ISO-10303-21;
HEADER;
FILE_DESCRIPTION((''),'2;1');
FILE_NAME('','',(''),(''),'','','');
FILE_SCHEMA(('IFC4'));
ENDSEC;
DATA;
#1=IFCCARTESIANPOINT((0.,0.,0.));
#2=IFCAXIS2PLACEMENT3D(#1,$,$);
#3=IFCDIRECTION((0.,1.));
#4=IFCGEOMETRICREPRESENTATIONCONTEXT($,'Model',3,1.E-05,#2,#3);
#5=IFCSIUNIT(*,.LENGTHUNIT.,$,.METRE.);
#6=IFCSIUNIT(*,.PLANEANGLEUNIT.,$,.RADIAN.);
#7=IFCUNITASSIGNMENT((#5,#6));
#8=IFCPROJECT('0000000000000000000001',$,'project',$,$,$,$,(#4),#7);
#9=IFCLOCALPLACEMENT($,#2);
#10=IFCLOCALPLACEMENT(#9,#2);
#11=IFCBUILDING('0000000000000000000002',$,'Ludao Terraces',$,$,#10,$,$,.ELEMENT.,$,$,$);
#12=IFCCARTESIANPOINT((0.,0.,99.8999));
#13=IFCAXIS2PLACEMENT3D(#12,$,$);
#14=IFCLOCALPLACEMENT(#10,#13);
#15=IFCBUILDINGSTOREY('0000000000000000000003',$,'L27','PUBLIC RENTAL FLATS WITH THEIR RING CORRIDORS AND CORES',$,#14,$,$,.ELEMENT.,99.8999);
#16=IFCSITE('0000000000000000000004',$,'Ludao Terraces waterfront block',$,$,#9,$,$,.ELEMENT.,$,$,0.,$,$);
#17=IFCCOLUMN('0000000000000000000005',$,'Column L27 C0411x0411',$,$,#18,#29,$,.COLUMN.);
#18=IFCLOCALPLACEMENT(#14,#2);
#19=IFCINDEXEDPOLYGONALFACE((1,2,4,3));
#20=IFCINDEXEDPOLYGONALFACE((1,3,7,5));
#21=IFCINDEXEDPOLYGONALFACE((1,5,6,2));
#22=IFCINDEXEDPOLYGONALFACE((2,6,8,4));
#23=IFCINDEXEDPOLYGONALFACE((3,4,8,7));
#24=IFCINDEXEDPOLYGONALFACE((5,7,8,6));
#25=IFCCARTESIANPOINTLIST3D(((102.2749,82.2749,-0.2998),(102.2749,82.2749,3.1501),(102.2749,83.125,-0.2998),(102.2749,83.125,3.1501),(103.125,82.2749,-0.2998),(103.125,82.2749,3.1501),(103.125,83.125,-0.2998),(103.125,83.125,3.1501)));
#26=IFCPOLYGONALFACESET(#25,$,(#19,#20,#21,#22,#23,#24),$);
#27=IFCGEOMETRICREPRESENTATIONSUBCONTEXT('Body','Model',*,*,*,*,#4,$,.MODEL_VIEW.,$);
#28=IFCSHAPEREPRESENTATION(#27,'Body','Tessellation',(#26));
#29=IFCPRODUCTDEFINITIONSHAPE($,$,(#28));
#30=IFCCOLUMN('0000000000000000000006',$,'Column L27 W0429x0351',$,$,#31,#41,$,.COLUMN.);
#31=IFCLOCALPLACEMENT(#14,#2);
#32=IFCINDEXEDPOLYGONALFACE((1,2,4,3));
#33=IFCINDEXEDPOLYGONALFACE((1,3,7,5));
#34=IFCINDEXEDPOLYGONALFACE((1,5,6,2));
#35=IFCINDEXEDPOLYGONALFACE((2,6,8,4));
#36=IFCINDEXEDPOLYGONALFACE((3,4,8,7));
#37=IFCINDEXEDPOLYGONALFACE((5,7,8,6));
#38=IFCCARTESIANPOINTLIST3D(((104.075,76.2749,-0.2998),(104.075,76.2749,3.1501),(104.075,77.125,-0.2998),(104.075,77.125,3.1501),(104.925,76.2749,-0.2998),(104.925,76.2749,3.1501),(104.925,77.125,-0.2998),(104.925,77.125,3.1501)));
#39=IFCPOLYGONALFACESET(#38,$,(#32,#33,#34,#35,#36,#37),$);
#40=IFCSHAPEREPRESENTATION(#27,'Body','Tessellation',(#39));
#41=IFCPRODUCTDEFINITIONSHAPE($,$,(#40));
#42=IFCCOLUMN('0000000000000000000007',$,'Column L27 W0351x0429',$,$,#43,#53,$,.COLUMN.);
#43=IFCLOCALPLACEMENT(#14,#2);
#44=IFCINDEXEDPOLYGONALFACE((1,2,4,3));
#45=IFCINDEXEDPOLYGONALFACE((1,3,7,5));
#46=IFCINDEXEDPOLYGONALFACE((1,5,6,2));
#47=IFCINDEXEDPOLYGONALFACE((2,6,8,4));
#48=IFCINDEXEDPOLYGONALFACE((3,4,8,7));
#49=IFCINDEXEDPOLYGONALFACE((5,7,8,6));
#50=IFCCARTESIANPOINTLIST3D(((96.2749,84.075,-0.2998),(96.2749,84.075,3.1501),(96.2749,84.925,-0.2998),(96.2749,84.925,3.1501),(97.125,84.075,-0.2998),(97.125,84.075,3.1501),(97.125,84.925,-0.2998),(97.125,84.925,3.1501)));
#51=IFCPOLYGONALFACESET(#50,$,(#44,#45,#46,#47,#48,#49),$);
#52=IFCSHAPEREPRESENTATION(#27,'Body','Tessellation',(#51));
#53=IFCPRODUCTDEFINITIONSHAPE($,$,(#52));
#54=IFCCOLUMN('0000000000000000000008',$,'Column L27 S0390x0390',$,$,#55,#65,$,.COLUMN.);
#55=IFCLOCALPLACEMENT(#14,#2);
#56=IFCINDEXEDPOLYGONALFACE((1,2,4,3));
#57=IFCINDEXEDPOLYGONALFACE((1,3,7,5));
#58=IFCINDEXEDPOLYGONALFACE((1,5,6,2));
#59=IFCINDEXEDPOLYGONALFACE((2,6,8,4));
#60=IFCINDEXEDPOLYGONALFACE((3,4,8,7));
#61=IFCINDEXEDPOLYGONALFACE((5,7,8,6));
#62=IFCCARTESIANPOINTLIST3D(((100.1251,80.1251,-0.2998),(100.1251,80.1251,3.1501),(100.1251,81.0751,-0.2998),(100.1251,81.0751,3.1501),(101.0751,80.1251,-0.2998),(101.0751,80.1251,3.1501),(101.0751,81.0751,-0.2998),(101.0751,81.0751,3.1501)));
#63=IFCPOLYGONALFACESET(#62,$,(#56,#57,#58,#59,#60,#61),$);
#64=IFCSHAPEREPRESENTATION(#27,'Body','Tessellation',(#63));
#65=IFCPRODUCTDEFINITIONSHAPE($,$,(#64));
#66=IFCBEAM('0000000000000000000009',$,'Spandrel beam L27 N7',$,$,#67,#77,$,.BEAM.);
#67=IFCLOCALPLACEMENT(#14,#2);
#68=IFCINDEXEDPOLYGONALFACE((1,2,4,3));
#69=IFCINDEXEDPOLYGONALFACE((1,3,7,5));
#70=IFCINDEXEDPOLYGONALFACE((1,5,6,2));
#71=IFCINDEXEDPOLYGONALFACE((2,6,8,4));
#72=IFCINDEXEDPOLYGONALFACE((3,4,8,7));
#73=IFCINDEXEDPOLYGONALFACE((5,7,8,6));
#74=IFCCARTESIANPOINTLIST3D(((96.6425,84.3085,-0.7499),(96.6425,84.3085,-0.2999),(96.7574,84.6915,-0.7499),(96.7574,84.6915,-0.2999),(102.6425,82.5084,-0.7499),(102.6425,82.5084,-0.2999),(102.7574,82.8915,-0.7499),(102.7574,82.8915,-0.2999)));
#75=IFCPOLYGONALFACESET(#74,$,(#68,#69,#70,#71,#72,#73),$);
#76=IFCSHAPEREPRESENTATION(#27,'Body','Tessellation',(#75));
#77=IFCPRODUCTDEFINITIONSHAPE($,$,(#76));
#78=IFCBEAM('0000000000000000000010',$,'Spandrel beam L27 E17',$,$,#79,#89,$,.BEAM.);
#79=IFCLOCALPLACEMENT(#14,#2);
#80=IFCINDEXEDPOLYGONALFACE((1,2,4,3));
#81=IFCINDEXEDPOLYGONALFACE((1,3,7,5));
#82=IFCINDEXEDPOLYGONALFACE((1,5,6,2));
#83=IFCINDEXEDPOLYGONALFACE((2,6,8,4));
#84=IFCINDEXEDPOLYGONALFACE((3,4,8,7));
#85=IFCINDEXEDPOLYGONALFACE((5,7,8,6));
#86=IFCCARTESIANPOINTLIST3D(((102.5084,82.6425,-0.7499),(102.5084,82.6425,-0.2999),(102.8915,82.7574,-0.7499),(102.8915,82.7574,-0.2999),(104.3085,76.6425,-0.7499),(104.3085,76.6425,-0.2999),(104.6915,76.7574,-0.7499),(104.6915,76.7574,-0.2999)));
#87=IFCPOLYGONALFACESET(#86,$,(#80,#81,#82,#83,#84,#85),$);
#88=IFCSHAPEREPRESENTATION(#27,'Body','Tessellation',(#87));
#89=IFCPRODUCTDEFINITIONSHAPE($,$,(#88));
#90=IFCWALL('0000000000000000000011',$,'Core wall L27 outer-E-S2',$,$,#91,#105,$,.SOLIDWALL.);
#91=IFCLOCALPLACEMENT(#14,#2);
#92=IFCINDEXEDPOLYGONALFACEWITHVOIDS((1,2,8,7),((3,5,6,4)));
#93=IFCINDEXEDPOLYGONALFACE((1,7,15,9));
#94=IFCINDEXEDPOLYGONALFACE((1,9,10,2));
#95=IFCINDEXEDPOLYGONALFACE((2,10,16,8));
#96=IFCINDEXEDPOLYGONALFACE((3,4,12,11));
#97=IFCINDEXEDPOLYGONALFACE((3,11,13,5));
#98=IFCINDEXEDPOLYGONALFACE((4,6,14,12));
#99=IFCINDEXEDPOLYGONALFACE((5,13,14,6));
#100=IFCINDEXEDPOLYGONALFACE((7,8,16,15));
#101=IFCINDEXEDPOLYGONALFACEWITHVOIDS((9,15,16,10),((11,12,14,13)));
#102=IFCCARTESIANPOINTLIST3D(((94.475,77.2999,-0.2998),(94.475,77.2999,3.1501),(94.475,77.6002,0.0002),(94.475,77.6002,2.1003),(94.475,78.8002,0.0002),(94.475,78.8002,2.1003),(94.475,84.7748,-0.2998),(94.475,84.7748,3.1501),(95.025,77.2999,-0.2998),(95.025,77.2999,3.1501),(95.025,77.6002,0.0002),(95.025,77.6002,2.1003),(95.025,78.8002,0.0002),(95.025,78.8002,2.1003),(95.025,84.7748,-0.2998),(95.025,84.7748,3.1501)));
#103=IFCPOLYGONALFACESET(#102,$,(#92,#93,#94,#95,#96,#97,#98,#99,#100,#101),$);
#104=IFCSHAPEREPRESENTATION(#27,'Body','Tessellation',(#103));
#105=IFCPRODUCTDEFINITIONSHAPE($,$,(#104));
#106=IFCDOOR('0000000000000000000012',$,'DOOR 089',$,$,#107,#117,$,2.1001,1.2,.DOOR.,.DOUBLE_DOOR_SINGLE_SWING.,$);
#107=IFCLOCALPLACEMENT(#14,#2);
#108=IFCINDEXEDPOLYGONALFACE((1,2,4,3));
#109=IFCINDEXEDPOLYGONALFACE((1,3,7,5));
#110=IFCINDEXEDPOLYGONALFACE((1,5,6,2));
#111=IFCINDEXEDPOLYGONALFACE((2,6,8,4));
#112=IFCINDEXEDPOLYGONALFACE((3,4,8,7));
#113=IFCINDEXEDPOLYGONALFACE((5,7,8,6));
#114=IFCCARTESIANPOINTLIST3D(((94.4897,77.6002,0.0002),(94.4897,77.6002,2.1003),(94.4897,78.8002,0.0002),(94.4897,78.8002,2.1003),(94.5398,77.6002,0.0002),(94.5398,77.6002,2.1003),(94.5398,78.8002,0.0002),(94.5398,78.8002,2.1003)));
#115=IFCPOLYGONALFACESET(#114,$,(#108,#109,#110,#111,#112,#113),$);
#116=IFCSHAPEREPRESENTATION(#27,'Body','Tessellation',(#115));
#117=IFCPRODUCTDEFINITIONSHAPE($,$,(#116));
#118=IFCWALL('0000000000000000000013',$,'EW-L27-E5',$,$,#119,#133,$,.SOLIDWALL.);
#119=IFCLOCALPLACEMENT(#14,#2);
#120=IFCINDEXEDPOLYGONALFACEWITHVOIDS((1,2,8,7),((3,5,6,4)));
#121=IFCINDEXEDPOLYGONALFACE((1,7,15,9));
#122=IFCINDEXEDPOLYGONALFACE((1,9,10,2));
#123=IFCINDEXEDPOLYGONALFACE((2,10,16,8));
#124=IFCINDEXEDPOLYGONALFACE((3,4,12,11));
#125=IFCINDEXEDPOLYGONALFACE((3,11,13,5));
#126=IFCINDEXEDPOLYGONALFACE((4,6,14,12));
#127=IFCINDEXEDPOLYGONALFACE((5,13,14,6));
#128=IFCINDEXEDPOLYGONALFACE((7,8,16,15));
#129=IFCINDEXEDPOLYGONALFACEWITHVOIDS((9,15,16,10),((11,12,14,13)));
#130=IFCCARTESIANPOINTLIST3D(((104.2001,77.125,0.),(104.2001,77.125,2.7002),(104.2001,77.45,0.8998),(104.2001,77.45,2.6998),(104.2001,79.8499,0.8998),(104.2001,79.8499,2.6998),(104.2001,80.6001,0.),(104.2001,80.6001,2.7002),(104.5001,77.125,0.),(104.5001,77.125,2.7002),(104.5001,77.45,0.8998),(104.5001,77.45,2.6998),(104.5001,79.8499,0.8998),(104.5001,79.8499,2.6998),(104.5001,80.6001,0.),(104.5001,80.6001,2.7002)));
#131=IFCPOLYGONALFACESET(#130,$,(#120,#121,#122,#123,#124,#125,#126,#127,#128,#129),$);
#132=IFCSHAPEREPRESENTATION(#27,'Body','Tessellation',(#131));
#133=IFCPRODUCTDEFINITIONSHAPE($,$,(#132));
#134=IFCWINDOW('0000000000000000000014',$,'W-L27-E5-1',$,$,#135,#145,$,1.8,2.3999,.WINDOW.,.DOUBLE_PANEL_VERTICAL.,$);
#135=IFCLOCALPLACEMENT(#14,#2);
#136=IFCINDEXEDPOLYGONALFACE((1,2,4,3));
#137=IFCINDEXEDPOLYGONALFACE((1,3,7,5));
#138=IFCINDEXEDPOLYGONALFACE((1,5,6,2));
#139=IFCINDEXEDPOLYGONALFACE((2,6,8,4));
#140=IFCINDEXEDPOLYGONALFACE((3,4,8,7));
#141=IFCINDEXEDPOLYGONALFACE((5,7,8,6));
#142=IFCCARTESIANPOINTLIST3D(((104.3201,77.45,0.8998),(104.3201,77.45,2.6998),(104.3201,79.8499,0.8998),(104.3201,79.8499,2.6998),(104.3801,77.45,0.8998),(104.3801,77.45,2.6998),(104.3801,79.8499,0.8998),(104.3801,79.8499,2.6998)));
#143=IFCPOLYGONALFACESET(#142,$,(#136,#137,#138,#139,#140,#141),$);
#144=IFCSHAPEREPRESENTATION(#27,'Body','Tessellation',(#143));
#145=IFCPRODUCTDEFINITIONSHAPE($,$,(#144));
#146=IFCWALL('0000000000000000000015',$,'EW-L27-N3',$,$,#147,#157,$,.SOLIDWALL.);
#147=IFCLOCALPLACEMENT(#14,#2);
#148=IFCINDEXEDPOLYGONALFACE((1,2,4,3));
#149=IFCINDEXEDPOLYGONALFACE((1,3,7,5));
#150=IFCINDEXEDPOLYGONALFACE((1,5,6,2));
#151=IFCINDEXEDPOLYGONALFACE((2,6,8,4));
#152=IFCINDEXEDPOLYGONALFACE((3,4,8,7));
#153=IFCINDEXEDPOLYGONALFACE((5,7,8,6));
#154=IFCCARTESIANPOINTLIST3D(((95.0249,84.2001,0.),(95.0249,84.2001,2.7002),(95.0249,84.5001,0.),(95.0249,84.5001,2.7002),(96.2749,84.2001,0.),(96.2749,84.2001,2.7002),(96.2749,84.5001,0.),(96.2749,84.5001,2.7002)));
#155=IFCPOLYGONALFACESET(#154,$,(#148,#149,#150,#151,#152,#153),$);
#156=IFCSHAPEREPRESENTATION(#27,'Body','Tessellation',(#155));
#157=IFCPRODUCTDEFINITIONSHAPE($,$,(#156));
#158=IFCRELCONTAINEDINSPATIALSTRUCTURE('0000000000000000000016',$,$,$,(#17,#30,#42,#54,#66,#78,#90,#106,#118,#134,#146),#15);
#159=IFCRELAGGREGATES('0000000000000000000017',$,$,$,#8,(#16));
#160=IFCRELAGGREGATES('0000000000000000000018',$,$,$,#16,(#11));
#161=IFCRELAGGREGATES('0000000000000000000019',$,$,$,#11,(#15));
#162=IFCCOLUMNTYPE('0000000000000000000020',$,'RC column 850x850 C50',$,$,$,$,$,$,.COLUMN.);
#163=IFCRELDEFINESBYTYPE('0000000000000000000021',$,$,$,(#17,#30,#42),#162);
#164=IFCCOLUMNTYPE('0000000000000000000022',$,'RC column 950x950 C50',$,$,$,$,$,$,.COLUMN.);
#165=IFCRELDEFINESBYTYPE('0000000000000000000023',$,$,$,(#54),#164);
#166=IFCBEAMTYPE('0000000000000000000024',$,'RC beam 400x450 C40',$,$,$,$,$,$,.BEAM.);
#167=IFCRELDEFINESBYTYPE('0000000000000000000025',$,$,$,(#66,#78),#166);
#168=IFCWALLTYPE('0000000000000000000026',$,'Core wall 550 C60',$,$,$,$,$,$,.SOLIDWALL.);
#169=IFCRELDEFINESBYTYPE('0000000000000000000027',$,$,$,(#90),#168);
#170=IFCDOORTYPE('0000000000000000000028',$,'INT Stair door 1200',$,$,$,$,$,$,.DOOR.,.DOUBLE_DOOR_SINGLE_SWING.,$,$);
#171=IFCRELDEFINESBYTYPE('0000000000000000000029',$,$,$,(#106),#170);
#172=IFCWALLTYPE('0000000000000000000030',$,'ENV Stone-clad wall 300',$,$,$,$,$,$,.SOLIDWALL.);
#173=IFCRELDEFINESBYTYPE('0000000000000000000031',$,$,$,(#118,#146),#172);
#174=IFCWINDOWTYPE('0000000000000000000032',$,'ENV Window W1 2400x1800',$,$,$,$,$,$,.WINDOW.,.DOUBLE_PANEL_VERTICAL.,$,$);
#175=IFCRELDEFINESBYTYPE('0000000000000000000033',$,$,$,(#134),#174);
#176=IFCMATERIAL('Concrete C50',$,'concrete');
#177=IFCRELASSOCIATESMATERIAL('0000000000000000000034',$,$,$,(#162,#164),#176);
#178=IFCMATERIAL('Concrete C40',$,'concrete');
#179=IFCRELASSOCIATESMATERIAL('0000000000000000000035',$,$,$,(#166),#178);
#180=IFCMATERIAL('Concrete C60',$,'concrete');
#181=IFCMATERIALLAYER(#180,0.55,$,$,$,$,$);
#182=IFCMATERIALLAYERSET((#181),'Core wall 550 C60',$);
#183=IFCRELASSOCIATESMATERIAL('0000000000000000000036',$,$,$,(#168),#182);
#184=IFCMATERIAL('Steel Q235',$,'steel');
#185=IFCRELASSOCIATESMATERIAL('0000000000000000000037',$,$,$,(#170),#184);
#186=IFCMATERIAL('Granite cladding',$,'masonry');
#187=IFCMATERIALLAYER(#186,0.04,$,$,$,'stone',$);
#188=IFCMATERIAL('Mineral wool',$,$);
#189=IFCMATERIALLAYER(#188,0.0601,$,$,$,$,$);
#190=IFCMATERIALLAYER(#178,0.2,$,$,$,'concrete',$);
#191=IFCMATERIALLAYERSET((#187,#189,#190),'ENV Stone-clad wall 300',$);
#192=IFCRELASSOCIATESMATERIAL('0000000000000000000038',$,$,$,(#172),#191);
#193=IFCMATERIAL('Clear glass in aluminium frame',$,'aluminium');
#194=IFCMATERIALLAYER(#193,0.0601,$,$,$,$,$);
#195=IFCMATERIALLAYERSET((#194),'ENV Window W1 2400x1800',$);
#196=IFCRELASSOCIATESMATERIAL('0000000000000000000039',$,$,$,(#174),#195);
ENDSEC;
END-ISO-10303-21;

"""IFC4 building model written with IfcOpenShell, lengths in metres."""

from ifc_helpers import new_model, si_unit, direction, frame, frame_2d, origin, origin_2d, place, context, subcontext, project, spatial, rectangle, extrude, material, layer, layer_set, material_profile, profile_set, type_object, element, fill, save


model = new_model("IFC4")

# Units and contexts
model_context = context("Model", 3, precision=1e-05, world=origin(), true_north=direction((0.0, 1.0)))
body_context = subcontext(model_context, "Body", "Model", "MODEL_VIEW")
ifc_project = project(units=[si_unit("LENGTHUNIT", "METRE"), si_unit("PLANEANGLEUNIT", "RADIAN")], contexts=[model_context])

# Site, building, storey
site_placement = place(None, origin())
site = spatial("IfcSite", under=ifc_project, at=site_placement, Name="Ludao Terraces waterfront block", CompositionType="ELEMENT", RefElevation=0.0)
building_placement = place(site_placement, origin())
building = spatial("IfcBuilding", under=site, at=building_placement, Name="Ludao Terraces", CompositionType="ELEMENT")
storey_placement = place(building_placement, frame((0.0, 0.0, 99.8999)))
storey = spatial("IfcBuildingStorey", under=building, at=storey_placement, Name="L27", Description="PUBLIC RENTAL FLATS WITH THEIR RING CORRIDORS AND CORES", CompositionType="ELEMENT", Elevation=99.8999)

# Columns
ifc_material_1 = material(Name="Concrete C50", Category="concrete")
ifc_material_profile_1 = material_profile(ifc_material_1, rectangle(XDim=0.8501, YDim=0.8501, at=origin_2d()), Name="850 X 850")
ifc_profile_set_1 = profile_set([ifc_material_profile_1], Name="Concrete C50")
column_type_1 = type_object("IfcColumnType", Name="RC column 850x850 C50", PredefinedType="COLUMN", material=ifc_profile_set_1)
for number, where, z_axis, x_axis, name in (
    (1, (102.7, 82.7, -0.2998), (0.0, 0.0, 1.0), (1.0, 0.0, 0.0), "Column L27 C0411x0411"),
    (2, (104.5, 76.7, -0.2998), (0.0, 0.0, 1.0), (1.0, 0.0, 0.0), "Column L27 W0429x0351"),
    (3, (96.7, 84.5, -0.2998), (0.0, 0.0, 1.0), (1.0, 0.0, 0.0), "Column L27 W0351x0429"),
):
    element("IfcColumn", number, at=place(storey_placement, frame(where, z_axis=z_axis, x_axis=x_axis)), inside=storey, type_object=column_type_1, Name=name, PredefinedType="COLUMN", context=body_context, shape_type="SweptSolid", body=[
        extrude(rectangle(XDim=0.8501, YDim=0.8501, at=origin_2d()), origin(), (0.0, 0.0, 1.0), 3.45),
    ])
ifc_material_profile_2 = material_profile(ifc_material_1, rectangle(XDim=0.95, YDim=0.95, at=origin_2d()), Name="950 X 950")
ifc_profile_set_2 = profile_set([ifc_material_profile_2], Name="Concrete C50")
column_type_2 = type_object("IfcColumnType", Name="RC column 950x950 C50", PredefinedType="COLUMN", material=ifc_profile_set_2)
column_placement = place(storey_placement, frame((100.6001, 80.6001, -0.2998), z_axis=(0.0, 0.0, 1.0), x_axis=(1.0, 0.0, 0.0)))
element("IfcColumn", 4, at=column_placement, inside=storey, type_object=column_type_2, Name="Column L27 S0390x0390", PredefinedType="COLUMN", context=body_context, shape_type="SweptSolid", body=[
    extrude(rectangle(XDim=0.95, YDim=0.95, at=origin_2d()), origin(), (0.0, 0.0, 1.0), 3.45),
])

# Beams
ifc_material_2 = material(Name="Concrete C40", Category="concrete")
ifc_material_profile_3 = material_profile(ifc_material_2, rectangle(XDim=0.3999, YDim=0.45, at=origin_2d()), Name="400 X 450")
ifc_profile_set_3 = profile_set([ifc_material_profile_3], Name="Concrete C40")
beam_type = type_object("IfcBeamType", Name="RC beam 400x450 C40", PredefinedType="BEAM", material=ifc_profile_set_3)
for number, where, z_axis, x_axis, name in (
    (5, (96.7, 84.5, -0.5249), (0.957824, -0.287355, 0.0), (0.287355, 0.957824, 0.0), "Spandrel beam L27 N7"),
    (6, (104.5, 76.7, -0.5249), (-0.287355, 0.957824, 0.0), (-0.957824, -0.287355, 0.0), "Spandrel beam L27 E17"),
):
    element("IfcBeam", number, at=place(storey_placement, frame(where, z_axis=z_axis, x_axis=x_axis)), inside=storey, type_object=beam_type, Name=name, PredefinedType="BEAM", context=body_context, shape_type="SweptSolid", body=[
        extrude(rectangle(XDim=0.3999, YDim=0.45, at=origin_2d()), origin(), (0.0, 0.0, 1.0), 6.2642),
    ])

# Wall, opening, door
ifc_material_3 = material(Name="Concrete C60", Category="concrete")
ifc_layer_1 = layer(ifc_material_3, 0.55)
ifc_layer_set_1 = layer_set([ifc_layer_1], Name="Core wall 550 C60")
wall_type_1 = type_object("IfcWallType", Name="Core wall 550 C60", PredefinedType="SOLIDWALL", material=ifc_layer_set_1)
wall_1_placement = place(storey_placement, frame((94.75, 77.3, -0.2998), z_axis=(0.0, 0.0, 1.0), x_axis=(0.0, 1.0, 0.0)))
wall_1 = element("IfcWall", 7, at=wall_1_placement, inside=storey, type_object=wall_type_1, Name="Core wall L27 outer-E-S2", PredefinedType="SOLIDWALL", context=body_context, shape_type="SweptSolid", body=[
    extrude(rectangle(XDim=7.4749, YDim=0.55, at=frame_2d((3.7373, 0.0))), origin(), (0.0, 0.0, 1.0), 3.45),
])
opening_1_placement = place(wall_1_placement, frame((0.3, 0.0, 0.3)))
opening_1 = element("IfcOpeningElement", 8, at=opening_1_placement, cuts=wall_1, PredefinedType="OPENING", context=body_context, shape_type="SweptSolid", body=[
    extrude(rectangle(XDim=1.2, YDim=2.1001, at=frame_2d((0.6001, 1.05))), frame((0.0, 0.2852, 0.0), z_axis=(0.0, -1.0, 0.0), x_axis=(1.0, 0.0, 0.0)), (0.0, 0.0, 1.0), 0.5701),
])
ifc_material_4 = material(Name="Steel Q235", Category="steel")
door_type_1 = type_object("IfcDoorType", Name="INT Stair door 1200", OperationType="DOUBLE_DOOR_SINGLE_SWING", PredefinedType="DOOR", material=ifc_material_4)
door_1_placement = place(opening_1_placement, origin())
door_1 = element("IfcDoor", 9, at=door_1_placement, inside=storey, type_object=door_type_1, Name="DOOR 089", OperationType="DOUBLE_DOOR_SINGLE_SWING", OverallHeight=2.1001, OverallWidth=1.2, PredefinedType="DOOR", context=body_context, shape_type="SweptSolid", body=[
    extrude(rectangle(XDim=1.2, YDim=2.1001, at=frame_2d((0.6001, 1.05))), frame((0.0, 0.2603, 0.0), z_axis=(0.0, -1.0, 0.0), x_axis=(1.0, 0.0, 0.0)), (0.0, 0.0, 1.0), 0.05),
])
fill(opening_1, door_1)

# Wall, opening, window
ifc_material_5 = material(Name="Granite cladding", Category="masonry")
ifc_layer_2 = layer(ifc_material_5, 0.04, Category="stone")
ifc_material_6 = material(Name="Mineral wool")
ifc_layer_3 = layer(ifc_material_6, 0.0601)
ifc_layer_4 = layer(ifc_material_2, 0.2, Category="concrete")
ifc_layer_set_2 = layer_set([ifc_layer_2, ifc_layer_3, ifc_layer_4], Name="ENV Stone-clad wall 300")
wall_type_2 = type_object("IfcWallType", Name="ENV Stone-clad wall 300", PredefinedType="SOLIDWALL", material=ifc_layer_set_2)
wall_2_placement = place(storey_placement, frame((104.3501, 77.125, 0.0), z_axis=(0.0, 0.0, 1.0), x_axis=(0.0, 1.0, 0.0)))
wall_2 = element("IfcWall", 10, at=wall_2_placement, inside=storey, type_object=wall_type_2, Name="EW-L27-E5", PredefinedType="SOLIDWALL", context=body_context, shape_type="SweptSolid", body=[
    extrude(rectangle(XDim=3.4751, YDim=0.3, at=frame_2d((1.7375, 0.0))), origin(), (0.0, 0.0, 1.0), 2.7002),
])
opening_2_placement = place(wall_2_placement, frame((0.325, 0.0, 0.8999)))
opening_2 = element("IfcOpeningElement", 11, at=opening_2_placement, cuts=wall_2, PredefinedType="OPENING", context=body_context, shape_type="SweptSolid", body=[
    extrude(rectangle(XDim=2.3999, YDim=1.8, at=frame_2d((1.2, 0.8999))), frame((0.0, 0.1602, 0.0), z_axis=(0.0, -1.0, 0.0), x_axis=(1.0, 0.0, 0.0)), (0.0, 0.0, 1.0), 0.3201),
])
ifc_material_7 = material(Name="Clear glass in aluminium frame", Category="aluminium")
ifc_layer_5 = layer(ifc_material_7, 0.0601)
ifc_layer_set_3 = layer_set([ifc_layer_5], Name="ENV Window W1 2400x1800")
window_type_1 = type_object("IfcWindowType", Name="ENV Window W1 2400x1800", PartitioningType="DOUBLE_PANEL_VERTICAL", PredefinedType="WINDOW", material=ifc_layer_set_3)
window_1_placement = place(opening_2_placement, origin())
window_1 = element("IfcWindow", 12, at=window_1_placement, inside=storey, type_object=window_type_1, Name="W-L27-E5-1", OverallHeight=1.8, OverallWidth=2.3999, PartitioningType="DOUBLE_PANEL_VERTICAL", PredefinedType="WINDOW", context=body_context, shape_type="SweptSolid", body=[
    extrude(rectangle(XDim=2.3999, YDim=1.8, at=frame_2d((1.2, 0.8999))), frame((0.0, 0.03, 0.0), z_axis=(0.0, -1.0, 0.0), x_axis=(1.0, 0.0, 0.0)), (0.0, 0.0, 1.0), 0.0601),
])
fill(opening_2, window_1)

# Wall
wall_3_placement = place(storey_placement, frame((95.0249, 84.3501, 0.0), z_axis=(0.0, 0.0, 1.0), x_axis=(1.0, 0.0, 0.0)))
element("IfcWall", 13, at=wall_3_placement, inside=storey, type_object=wall_type_2, Name="EW-L27-N3", PredefinedType="SOLIDWALL", context=body_context, shape_type="SweptSolid", body=[
    extrude(rectangle(XDim=1.25, YDim=0.3, at=frame_2d((0.625, 0.0))), origin(), (0.0, 0.0, 1.0), 2.7002),
])

save(model, "model.ifc")
